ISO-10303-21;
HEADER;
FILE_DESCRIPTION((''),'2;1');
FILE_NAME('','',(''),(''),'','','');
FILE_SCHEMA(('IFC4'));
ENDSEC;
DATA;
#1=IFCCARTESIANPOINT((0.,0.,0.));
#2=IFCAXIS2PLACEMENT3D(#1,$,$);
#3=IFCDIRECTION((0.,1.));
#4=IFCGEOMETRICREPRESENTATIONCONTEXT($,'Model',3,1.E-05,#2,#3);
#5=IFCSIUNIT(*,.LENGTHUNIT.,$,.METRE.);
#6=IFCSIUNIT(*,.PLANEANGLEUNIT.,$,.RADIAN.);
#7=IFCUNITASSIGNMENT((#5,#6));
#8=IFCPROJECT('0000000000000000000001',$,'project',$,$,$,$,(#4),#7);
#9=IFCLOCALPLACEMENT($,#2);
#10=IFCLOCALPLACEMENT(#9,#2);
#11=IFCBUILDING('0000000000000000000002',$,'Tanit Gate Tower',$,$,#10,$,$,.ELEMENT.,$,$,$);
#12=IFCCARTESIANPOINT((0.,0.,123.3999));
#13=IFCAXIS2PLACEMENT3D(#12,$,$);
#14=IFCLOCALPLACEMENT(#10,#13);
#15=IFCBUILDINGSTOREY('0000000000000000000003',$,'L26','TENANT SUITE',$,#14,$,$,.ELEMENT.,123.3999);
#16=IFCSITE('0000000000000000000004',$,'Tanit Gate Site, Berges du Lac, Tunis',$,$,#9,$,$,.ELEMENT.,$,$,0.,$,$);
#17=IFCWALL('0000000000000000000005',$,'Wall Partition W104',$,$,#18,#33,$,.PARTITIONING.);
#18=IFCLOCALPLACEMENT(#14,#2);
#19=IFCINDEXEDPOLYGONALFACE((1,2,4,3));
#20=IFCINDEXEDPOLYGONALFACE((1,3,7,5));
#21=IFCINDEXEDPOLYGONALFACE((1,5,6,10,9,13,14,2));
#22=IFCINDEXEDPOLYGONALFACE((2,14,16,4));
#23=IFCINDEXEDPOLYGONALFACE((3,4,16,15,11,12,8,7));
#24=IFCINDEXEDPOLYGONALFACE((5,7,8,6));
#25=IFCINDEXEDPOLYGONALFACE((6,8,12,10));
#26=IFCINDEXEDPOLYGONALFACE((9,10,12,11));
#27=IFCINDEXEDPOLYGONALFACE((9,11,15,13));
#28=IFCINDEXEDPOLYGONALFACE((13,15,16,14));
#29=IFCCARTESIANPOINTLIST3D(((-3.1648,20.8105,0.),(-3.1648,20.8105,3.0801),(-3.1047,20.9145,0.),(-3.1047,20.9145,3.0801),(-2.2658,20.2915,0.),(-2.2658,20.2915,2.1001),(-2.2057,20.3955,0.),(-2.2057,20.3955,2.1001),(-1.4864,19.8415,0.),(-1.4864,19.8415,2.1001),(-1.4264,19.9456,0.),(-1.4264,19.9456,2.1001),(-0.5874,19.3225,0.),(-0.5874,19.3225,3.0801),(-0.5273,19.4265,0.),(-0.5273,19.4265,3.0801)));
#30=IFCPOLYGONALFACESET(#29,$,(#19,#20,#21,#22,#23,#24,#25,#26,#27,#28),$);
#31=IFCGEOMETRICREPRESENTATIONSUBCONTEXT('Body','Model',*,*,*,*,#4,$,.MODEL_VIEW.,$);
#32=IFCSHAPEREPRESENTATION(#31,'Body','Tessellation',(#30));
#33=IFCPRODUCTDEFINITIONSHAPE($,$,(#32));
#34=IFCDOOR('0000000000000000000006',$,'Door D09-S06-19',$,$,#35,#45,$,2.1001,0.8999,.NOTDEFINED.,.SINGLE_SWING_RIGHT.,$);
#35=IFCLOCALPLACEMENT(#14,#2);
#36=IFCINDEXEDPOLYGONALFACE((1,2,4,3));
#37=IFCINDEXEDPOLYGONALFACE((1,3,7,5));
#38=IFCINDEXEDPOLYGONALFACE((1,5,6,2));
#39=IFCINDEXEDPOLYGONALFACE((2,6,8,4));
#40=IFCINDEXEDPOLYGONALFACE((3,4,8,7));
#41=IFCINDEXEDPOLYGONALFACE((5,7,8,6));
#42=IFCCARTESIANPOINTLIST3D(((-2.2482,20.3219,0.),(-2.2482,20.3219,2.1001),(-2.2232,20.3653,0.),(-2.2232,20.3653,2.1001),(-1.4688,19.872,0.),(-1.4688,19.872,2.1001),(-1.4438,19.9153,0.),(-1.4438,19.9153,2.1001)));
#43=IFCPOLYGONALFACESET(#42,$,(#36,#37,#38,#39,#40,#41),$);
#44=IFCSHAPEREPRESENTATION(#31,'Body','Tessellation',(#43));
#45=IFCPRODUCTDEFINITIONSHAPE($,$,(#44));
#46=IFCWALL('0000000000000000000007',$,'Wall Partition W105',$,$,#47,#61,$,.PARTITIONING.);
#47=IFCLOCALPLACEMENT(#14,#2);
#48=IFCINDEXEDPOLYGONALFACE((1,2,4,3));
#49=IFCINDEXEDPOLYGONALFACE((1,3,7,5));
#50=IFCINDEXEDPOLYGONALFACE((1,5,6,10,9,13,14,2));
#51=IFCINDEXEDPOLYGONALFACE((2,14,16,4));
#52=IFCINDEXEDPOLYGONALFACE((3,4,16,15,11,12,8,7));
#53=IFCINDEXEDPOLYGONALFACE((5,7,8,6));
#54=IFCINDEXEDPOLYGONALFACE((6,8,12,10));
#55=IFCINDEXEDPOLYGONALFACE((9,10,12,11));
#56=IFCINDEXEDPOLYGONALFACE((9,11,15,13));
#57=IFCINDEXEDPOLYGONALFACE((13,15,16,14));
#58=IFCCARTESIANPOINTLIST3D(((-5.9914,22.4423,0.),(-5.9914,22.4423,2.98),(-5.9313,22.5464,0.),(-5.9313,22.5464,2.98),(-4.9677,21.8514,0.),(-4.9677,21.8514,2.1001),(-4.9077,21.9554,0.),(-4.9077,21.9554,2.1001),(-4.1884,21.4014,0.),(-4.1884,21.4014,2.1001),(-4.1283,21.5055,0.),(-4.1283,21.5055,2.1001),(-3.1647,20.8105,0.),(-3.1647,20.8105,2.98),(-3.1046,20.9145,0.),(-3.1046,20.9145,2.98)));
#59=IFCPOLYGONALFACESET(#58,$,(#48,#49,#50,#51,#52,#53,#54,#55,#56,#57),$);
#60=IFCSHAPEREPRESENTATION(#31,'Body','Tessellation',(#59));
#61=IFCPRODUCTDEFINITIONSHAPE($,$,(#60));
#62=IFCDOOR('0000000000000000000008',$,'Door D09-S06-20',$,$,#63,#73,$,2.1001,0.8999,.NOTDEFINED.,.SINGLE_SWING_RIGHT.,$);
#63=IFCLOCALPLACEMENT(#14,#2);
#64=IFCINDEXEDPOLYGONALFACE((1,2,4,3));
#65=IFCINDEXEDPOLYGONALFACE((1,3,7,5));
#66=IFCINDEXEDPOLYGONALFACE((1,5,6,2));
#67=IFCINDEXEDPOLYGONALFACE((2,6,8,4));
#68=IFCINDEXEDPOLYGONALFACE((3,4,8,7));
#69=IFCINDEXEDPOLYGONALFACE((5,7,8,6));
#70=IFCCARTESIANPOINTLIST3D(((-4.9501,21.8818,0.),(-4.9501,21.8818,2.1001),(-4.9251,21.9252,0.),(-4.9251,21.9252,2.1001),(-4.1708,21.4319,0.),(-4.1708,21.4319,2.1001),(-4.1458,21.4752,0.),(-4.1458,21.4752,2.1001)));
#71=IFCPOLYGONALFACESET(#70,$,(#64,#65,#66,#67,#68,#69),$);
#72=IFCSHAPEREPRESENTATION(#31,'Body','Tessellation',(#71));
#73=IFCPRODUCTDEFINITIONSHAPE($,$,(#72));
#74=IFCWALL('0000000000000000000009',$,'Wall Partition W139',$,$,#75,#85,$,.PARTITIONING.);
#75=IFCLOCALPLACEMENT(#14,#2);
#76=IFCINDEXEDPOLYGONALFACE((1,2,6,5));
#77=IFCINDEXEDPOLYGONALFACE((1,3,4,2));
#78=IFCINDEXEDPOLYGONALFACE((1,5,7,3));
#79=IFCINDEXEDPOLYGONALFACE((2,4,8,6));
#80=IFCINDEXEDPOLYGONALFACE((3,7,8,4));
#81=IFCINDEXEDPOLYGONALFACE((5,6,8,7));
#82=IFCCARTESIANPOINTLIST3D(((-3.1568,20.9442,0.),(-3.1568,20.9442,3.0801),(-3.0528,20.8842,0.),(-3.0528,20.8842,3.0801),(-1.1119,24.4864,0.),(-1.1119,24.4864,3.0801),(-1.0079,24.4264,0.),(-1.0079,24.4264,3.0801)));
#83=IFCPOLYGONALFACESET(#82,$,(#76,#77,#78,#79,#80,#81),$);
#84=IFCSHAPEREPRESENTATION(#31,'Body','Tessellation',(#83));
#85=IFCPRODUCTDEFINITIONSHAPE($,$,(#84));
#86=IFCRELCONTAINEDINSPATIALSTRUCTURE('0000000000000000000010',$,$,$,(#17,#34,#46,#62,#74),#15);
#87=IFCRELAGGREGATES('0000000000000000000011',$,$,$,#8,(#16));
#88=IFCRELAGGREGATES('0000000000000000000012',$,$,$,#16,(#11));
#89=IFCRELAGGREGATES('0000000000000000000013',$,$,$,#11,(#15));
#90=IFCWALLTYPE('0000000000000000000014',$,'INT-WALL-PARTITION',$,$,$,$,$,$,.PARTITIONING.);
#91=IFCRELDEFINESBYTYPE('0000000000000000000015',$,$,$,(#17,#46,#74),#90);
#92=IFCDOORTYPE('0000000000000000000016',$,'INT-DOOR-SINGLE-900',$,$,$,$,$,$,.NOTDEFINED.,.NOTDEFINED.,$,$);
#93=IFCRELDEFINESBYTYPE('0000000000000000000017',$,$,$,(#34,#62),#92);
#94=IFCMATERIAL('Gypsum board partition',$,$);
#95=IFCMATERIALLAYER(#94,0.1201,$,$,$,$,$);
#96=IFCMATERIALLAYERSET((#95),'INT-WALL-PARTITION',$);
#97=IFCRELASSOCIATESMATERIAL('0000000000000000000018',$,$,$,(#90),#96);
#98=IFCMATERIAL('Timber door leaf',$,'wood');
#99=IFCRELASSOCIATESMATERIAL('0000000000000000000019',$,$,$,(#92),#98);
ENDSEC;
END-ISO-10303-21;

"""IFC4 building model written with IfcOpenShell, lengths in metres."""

from ifc_helpers import new_model, si_unit, direction, frame, frame_2d, origin, place, context, subcontext, project, spatial, rectangle, extrude, material, layer, layer_set, type_object, element, fill, save


model = new_model("IFC4")

# Units and contexts
model_context = context("Model", 3, precision=1e-05, world=origin(), true_north=direction((0.0, 1.0)))
body_context = subcontext(model_context, "Body", "Model", "MODEL_VIEW")
ifc_project = project(units=[si_unit("LENGTHUNIT", "METRE"), si_unit("PLANEANGLEUNIT", "RADIAN")], contexts=[model_context])

# Site, building, storey
site_placement = place(None, origin())
site = spatial("IfcSite", under=ifc_project, at=site_placement, Name="Tanit Gate Site, Berges du Lac, Tunis", CompositionType="ELEMENT", RefElevation=0.0)
building_placement = place(site_placement, origin())
building = spatial("IfcBuilding", under=site, at=building_placement, Name="Tanit Gate Tower", CompositionType="ELEMENT")
storey_placement = place(building_placement, frame((0.0, 0.0, 123.3999)))
storey = spatial("IfcBuildingStorey", under=building, at=storey_placement, Name="L26", Description="TENANT SUITE", CompositionType="ELEMENT", Elevation=123.3999)

# Walls, openings, doors
ifc_material_1 = material(Name="Gypsum board partition")
ifc_layer_1 = layer(ifc_material_1, 0.1201)
ifc_layer_set_1 = layer_set([ifc_layer_1], Name="INT-WALL-PARTITION")
wall_type_1 = type_object("IfcWallType", Name="INT-WALL-PARTITION", PredefinedType="PARTITIONING", material=ifc_layer_set_1)
wall_1_placement = place(storey_placement, frame((-0.5574, 19.3745, 0.0), z_axis=(0.0, 0.0, 1.0), x_axis=(-0.866028, 0.499995, 0.0)))
wall_1 = element("IfcWall", 1, at=wall_1_placement, inside=storey, type_object=wall_type_1, Name="Wall Partition W104", PredefinedType="PARTITIONING", context=body_context, shape_type="SweptSolid", body=[
    extrude(rectangle(XDim=2.9761, YDim=0.1201, at=frame_2d((1.488, 0.0))), origin(), (0.0, 0.0, 1.0), 3.0801),
])
opening_1_placement = place(wall_1_placement, frame((1.0381, 0.0, 0.0)))
opening_1 = element("IfcOpeningElement", 2, at=opening_1_placement, cuts=wall_1, PredefinedType="OPENING", context=body_context, shape_type="SweptSolid", body=[
    extrude(rectangle(XDim=0.8999, YDim=2.1001, at=frame_2d((0.45, 1.05))), frame((0.0, 0.0701, 0.0), z_axis=(0.0, -1.0, 0.0), x_axis=(1.0, 0.0, 0.0)), (0.0, 0.0, 1.0), 0.1401),
])
ifc_material_2 = material(Name="Timber door leaf", Category="wood")
door_type = type_object("IfcDoorType", Name="INT-DOOR-SINGLE-900", OperationType="NOTDEFINED", PredefinedType="NOTDEFINED", material=ifc_material_2)
door_1_placement = place(opening_1_placement, origin())
door_1 = element("IfcDoor", 3, at=door_1_placement, inside=storey, type_object=door_type, Name="Door D09-S06-19", OperationType="SINGLE_SWING_RIGHT", OverallHeight=2.1001, OverallWidth=0.8999, PredefinedType="NOTDEFINED", context=body_context, shape_type="SweptSolid", body=[
    extrude(rectangle(XDim=0.8999, YDim=2.1001, at=frame_2d((0.45, 1.05))), frame((0.0, 0.0249, 0.0), z_axis=(0.0, -1.0, 0.0), x_axis=(1.0, 0.0, 0.0)), (0.0, 0.0, 1.0), 0.05),
])
fill(opening_1, door_1)
wall_2_placement = place(storey_placement, frame((-3.1348, 20.8625, 0.0), z_axis=(0.0, 0.0, 1.0), x_axis=(-0.866044, 0.499969, 0.0)))
wall_2 = element("IfcWall", 4, at=wall_2_placement, inside=storey, type_object=wall_type_1, Name="Wall Partition W105", PredefinedType="PARTITIONING", context=body_context, shape_type="SweptSolid", body=[
    extrude(rectangle(XDim=3.2639, YDim=0.1201, at=frame_2d((1.6318, 0.0))), origin(), (0.0, 0.0, 1.0), 2.98),
])
opening_2_placement = place(wall_2_placement, frame((1.1819, 0.0, 0.0)))
opening_2 = element("IfcOpeningElement", 5, at=opening_2_placement, cuts=wall_2, PredefinedType="OPENING", context=body_context, shape_type="SweptSolid", body=[
    extrude(rectangle(XDim=0.8999, YDim=2.1001, at=frame_2d((0.45, 1.05))), frame((0.0, 0.0701, 0.0), z_axis=(0.0, -1.0, 0.0), x_axis=(1.0, 0.0, 0.0)), (0.0, 0.0, 1.0), 0.1401),
])
door_2_placement = place(opening_2_placement, origin())
door_2 = element("IfcDoor", 6, at=door_2_placement, inside=storey, type_object=door_type, Name="Door D09-S06-20", OperationType="SINGLE_SWING_RIGHT", OverallHeight=2.1001, OverallWidth=0.8999, PredefinedType="NOTDEFINED", context=body_context, shape_type="SweptSolid", body=[
    extrude(rectangle(XDim=0.8999, YDim=2.1001, at=frame_2d((0.45, 1.05))), frame((0.0, 0.0249, 0.0), z_axis=(0.0, -1.0, 0.0), x_axis=(1.0, 0.0, 0.0)), (0.0, 0.0, 1.0), 0.05),
])
fill(opening_2, door_2)

# Wall
wall_3_placement = place(storey_placement, frame((-3.1047, 20.9143, 0.0), z_axis=(0.0, 0.0, 1.0), x_axis=(0.499965, 0.866045, 0.0)))
element("IfcWall", 7, at=wall_3_placement, inside=storey, type_object=wall_type_1, Name="Wall Partition W139", PredefinedType="PARTITIONING", context=body_context, shape_type="SweptSolid", body=[
    extrude(rectangle(XDim=4.0901, YDim=0.1201, at=frame_2d((2.0449, 0.0))), origin(), (0.0, 0.0, 1.0), 3.0801),
])

save(model, "model.ifc")
